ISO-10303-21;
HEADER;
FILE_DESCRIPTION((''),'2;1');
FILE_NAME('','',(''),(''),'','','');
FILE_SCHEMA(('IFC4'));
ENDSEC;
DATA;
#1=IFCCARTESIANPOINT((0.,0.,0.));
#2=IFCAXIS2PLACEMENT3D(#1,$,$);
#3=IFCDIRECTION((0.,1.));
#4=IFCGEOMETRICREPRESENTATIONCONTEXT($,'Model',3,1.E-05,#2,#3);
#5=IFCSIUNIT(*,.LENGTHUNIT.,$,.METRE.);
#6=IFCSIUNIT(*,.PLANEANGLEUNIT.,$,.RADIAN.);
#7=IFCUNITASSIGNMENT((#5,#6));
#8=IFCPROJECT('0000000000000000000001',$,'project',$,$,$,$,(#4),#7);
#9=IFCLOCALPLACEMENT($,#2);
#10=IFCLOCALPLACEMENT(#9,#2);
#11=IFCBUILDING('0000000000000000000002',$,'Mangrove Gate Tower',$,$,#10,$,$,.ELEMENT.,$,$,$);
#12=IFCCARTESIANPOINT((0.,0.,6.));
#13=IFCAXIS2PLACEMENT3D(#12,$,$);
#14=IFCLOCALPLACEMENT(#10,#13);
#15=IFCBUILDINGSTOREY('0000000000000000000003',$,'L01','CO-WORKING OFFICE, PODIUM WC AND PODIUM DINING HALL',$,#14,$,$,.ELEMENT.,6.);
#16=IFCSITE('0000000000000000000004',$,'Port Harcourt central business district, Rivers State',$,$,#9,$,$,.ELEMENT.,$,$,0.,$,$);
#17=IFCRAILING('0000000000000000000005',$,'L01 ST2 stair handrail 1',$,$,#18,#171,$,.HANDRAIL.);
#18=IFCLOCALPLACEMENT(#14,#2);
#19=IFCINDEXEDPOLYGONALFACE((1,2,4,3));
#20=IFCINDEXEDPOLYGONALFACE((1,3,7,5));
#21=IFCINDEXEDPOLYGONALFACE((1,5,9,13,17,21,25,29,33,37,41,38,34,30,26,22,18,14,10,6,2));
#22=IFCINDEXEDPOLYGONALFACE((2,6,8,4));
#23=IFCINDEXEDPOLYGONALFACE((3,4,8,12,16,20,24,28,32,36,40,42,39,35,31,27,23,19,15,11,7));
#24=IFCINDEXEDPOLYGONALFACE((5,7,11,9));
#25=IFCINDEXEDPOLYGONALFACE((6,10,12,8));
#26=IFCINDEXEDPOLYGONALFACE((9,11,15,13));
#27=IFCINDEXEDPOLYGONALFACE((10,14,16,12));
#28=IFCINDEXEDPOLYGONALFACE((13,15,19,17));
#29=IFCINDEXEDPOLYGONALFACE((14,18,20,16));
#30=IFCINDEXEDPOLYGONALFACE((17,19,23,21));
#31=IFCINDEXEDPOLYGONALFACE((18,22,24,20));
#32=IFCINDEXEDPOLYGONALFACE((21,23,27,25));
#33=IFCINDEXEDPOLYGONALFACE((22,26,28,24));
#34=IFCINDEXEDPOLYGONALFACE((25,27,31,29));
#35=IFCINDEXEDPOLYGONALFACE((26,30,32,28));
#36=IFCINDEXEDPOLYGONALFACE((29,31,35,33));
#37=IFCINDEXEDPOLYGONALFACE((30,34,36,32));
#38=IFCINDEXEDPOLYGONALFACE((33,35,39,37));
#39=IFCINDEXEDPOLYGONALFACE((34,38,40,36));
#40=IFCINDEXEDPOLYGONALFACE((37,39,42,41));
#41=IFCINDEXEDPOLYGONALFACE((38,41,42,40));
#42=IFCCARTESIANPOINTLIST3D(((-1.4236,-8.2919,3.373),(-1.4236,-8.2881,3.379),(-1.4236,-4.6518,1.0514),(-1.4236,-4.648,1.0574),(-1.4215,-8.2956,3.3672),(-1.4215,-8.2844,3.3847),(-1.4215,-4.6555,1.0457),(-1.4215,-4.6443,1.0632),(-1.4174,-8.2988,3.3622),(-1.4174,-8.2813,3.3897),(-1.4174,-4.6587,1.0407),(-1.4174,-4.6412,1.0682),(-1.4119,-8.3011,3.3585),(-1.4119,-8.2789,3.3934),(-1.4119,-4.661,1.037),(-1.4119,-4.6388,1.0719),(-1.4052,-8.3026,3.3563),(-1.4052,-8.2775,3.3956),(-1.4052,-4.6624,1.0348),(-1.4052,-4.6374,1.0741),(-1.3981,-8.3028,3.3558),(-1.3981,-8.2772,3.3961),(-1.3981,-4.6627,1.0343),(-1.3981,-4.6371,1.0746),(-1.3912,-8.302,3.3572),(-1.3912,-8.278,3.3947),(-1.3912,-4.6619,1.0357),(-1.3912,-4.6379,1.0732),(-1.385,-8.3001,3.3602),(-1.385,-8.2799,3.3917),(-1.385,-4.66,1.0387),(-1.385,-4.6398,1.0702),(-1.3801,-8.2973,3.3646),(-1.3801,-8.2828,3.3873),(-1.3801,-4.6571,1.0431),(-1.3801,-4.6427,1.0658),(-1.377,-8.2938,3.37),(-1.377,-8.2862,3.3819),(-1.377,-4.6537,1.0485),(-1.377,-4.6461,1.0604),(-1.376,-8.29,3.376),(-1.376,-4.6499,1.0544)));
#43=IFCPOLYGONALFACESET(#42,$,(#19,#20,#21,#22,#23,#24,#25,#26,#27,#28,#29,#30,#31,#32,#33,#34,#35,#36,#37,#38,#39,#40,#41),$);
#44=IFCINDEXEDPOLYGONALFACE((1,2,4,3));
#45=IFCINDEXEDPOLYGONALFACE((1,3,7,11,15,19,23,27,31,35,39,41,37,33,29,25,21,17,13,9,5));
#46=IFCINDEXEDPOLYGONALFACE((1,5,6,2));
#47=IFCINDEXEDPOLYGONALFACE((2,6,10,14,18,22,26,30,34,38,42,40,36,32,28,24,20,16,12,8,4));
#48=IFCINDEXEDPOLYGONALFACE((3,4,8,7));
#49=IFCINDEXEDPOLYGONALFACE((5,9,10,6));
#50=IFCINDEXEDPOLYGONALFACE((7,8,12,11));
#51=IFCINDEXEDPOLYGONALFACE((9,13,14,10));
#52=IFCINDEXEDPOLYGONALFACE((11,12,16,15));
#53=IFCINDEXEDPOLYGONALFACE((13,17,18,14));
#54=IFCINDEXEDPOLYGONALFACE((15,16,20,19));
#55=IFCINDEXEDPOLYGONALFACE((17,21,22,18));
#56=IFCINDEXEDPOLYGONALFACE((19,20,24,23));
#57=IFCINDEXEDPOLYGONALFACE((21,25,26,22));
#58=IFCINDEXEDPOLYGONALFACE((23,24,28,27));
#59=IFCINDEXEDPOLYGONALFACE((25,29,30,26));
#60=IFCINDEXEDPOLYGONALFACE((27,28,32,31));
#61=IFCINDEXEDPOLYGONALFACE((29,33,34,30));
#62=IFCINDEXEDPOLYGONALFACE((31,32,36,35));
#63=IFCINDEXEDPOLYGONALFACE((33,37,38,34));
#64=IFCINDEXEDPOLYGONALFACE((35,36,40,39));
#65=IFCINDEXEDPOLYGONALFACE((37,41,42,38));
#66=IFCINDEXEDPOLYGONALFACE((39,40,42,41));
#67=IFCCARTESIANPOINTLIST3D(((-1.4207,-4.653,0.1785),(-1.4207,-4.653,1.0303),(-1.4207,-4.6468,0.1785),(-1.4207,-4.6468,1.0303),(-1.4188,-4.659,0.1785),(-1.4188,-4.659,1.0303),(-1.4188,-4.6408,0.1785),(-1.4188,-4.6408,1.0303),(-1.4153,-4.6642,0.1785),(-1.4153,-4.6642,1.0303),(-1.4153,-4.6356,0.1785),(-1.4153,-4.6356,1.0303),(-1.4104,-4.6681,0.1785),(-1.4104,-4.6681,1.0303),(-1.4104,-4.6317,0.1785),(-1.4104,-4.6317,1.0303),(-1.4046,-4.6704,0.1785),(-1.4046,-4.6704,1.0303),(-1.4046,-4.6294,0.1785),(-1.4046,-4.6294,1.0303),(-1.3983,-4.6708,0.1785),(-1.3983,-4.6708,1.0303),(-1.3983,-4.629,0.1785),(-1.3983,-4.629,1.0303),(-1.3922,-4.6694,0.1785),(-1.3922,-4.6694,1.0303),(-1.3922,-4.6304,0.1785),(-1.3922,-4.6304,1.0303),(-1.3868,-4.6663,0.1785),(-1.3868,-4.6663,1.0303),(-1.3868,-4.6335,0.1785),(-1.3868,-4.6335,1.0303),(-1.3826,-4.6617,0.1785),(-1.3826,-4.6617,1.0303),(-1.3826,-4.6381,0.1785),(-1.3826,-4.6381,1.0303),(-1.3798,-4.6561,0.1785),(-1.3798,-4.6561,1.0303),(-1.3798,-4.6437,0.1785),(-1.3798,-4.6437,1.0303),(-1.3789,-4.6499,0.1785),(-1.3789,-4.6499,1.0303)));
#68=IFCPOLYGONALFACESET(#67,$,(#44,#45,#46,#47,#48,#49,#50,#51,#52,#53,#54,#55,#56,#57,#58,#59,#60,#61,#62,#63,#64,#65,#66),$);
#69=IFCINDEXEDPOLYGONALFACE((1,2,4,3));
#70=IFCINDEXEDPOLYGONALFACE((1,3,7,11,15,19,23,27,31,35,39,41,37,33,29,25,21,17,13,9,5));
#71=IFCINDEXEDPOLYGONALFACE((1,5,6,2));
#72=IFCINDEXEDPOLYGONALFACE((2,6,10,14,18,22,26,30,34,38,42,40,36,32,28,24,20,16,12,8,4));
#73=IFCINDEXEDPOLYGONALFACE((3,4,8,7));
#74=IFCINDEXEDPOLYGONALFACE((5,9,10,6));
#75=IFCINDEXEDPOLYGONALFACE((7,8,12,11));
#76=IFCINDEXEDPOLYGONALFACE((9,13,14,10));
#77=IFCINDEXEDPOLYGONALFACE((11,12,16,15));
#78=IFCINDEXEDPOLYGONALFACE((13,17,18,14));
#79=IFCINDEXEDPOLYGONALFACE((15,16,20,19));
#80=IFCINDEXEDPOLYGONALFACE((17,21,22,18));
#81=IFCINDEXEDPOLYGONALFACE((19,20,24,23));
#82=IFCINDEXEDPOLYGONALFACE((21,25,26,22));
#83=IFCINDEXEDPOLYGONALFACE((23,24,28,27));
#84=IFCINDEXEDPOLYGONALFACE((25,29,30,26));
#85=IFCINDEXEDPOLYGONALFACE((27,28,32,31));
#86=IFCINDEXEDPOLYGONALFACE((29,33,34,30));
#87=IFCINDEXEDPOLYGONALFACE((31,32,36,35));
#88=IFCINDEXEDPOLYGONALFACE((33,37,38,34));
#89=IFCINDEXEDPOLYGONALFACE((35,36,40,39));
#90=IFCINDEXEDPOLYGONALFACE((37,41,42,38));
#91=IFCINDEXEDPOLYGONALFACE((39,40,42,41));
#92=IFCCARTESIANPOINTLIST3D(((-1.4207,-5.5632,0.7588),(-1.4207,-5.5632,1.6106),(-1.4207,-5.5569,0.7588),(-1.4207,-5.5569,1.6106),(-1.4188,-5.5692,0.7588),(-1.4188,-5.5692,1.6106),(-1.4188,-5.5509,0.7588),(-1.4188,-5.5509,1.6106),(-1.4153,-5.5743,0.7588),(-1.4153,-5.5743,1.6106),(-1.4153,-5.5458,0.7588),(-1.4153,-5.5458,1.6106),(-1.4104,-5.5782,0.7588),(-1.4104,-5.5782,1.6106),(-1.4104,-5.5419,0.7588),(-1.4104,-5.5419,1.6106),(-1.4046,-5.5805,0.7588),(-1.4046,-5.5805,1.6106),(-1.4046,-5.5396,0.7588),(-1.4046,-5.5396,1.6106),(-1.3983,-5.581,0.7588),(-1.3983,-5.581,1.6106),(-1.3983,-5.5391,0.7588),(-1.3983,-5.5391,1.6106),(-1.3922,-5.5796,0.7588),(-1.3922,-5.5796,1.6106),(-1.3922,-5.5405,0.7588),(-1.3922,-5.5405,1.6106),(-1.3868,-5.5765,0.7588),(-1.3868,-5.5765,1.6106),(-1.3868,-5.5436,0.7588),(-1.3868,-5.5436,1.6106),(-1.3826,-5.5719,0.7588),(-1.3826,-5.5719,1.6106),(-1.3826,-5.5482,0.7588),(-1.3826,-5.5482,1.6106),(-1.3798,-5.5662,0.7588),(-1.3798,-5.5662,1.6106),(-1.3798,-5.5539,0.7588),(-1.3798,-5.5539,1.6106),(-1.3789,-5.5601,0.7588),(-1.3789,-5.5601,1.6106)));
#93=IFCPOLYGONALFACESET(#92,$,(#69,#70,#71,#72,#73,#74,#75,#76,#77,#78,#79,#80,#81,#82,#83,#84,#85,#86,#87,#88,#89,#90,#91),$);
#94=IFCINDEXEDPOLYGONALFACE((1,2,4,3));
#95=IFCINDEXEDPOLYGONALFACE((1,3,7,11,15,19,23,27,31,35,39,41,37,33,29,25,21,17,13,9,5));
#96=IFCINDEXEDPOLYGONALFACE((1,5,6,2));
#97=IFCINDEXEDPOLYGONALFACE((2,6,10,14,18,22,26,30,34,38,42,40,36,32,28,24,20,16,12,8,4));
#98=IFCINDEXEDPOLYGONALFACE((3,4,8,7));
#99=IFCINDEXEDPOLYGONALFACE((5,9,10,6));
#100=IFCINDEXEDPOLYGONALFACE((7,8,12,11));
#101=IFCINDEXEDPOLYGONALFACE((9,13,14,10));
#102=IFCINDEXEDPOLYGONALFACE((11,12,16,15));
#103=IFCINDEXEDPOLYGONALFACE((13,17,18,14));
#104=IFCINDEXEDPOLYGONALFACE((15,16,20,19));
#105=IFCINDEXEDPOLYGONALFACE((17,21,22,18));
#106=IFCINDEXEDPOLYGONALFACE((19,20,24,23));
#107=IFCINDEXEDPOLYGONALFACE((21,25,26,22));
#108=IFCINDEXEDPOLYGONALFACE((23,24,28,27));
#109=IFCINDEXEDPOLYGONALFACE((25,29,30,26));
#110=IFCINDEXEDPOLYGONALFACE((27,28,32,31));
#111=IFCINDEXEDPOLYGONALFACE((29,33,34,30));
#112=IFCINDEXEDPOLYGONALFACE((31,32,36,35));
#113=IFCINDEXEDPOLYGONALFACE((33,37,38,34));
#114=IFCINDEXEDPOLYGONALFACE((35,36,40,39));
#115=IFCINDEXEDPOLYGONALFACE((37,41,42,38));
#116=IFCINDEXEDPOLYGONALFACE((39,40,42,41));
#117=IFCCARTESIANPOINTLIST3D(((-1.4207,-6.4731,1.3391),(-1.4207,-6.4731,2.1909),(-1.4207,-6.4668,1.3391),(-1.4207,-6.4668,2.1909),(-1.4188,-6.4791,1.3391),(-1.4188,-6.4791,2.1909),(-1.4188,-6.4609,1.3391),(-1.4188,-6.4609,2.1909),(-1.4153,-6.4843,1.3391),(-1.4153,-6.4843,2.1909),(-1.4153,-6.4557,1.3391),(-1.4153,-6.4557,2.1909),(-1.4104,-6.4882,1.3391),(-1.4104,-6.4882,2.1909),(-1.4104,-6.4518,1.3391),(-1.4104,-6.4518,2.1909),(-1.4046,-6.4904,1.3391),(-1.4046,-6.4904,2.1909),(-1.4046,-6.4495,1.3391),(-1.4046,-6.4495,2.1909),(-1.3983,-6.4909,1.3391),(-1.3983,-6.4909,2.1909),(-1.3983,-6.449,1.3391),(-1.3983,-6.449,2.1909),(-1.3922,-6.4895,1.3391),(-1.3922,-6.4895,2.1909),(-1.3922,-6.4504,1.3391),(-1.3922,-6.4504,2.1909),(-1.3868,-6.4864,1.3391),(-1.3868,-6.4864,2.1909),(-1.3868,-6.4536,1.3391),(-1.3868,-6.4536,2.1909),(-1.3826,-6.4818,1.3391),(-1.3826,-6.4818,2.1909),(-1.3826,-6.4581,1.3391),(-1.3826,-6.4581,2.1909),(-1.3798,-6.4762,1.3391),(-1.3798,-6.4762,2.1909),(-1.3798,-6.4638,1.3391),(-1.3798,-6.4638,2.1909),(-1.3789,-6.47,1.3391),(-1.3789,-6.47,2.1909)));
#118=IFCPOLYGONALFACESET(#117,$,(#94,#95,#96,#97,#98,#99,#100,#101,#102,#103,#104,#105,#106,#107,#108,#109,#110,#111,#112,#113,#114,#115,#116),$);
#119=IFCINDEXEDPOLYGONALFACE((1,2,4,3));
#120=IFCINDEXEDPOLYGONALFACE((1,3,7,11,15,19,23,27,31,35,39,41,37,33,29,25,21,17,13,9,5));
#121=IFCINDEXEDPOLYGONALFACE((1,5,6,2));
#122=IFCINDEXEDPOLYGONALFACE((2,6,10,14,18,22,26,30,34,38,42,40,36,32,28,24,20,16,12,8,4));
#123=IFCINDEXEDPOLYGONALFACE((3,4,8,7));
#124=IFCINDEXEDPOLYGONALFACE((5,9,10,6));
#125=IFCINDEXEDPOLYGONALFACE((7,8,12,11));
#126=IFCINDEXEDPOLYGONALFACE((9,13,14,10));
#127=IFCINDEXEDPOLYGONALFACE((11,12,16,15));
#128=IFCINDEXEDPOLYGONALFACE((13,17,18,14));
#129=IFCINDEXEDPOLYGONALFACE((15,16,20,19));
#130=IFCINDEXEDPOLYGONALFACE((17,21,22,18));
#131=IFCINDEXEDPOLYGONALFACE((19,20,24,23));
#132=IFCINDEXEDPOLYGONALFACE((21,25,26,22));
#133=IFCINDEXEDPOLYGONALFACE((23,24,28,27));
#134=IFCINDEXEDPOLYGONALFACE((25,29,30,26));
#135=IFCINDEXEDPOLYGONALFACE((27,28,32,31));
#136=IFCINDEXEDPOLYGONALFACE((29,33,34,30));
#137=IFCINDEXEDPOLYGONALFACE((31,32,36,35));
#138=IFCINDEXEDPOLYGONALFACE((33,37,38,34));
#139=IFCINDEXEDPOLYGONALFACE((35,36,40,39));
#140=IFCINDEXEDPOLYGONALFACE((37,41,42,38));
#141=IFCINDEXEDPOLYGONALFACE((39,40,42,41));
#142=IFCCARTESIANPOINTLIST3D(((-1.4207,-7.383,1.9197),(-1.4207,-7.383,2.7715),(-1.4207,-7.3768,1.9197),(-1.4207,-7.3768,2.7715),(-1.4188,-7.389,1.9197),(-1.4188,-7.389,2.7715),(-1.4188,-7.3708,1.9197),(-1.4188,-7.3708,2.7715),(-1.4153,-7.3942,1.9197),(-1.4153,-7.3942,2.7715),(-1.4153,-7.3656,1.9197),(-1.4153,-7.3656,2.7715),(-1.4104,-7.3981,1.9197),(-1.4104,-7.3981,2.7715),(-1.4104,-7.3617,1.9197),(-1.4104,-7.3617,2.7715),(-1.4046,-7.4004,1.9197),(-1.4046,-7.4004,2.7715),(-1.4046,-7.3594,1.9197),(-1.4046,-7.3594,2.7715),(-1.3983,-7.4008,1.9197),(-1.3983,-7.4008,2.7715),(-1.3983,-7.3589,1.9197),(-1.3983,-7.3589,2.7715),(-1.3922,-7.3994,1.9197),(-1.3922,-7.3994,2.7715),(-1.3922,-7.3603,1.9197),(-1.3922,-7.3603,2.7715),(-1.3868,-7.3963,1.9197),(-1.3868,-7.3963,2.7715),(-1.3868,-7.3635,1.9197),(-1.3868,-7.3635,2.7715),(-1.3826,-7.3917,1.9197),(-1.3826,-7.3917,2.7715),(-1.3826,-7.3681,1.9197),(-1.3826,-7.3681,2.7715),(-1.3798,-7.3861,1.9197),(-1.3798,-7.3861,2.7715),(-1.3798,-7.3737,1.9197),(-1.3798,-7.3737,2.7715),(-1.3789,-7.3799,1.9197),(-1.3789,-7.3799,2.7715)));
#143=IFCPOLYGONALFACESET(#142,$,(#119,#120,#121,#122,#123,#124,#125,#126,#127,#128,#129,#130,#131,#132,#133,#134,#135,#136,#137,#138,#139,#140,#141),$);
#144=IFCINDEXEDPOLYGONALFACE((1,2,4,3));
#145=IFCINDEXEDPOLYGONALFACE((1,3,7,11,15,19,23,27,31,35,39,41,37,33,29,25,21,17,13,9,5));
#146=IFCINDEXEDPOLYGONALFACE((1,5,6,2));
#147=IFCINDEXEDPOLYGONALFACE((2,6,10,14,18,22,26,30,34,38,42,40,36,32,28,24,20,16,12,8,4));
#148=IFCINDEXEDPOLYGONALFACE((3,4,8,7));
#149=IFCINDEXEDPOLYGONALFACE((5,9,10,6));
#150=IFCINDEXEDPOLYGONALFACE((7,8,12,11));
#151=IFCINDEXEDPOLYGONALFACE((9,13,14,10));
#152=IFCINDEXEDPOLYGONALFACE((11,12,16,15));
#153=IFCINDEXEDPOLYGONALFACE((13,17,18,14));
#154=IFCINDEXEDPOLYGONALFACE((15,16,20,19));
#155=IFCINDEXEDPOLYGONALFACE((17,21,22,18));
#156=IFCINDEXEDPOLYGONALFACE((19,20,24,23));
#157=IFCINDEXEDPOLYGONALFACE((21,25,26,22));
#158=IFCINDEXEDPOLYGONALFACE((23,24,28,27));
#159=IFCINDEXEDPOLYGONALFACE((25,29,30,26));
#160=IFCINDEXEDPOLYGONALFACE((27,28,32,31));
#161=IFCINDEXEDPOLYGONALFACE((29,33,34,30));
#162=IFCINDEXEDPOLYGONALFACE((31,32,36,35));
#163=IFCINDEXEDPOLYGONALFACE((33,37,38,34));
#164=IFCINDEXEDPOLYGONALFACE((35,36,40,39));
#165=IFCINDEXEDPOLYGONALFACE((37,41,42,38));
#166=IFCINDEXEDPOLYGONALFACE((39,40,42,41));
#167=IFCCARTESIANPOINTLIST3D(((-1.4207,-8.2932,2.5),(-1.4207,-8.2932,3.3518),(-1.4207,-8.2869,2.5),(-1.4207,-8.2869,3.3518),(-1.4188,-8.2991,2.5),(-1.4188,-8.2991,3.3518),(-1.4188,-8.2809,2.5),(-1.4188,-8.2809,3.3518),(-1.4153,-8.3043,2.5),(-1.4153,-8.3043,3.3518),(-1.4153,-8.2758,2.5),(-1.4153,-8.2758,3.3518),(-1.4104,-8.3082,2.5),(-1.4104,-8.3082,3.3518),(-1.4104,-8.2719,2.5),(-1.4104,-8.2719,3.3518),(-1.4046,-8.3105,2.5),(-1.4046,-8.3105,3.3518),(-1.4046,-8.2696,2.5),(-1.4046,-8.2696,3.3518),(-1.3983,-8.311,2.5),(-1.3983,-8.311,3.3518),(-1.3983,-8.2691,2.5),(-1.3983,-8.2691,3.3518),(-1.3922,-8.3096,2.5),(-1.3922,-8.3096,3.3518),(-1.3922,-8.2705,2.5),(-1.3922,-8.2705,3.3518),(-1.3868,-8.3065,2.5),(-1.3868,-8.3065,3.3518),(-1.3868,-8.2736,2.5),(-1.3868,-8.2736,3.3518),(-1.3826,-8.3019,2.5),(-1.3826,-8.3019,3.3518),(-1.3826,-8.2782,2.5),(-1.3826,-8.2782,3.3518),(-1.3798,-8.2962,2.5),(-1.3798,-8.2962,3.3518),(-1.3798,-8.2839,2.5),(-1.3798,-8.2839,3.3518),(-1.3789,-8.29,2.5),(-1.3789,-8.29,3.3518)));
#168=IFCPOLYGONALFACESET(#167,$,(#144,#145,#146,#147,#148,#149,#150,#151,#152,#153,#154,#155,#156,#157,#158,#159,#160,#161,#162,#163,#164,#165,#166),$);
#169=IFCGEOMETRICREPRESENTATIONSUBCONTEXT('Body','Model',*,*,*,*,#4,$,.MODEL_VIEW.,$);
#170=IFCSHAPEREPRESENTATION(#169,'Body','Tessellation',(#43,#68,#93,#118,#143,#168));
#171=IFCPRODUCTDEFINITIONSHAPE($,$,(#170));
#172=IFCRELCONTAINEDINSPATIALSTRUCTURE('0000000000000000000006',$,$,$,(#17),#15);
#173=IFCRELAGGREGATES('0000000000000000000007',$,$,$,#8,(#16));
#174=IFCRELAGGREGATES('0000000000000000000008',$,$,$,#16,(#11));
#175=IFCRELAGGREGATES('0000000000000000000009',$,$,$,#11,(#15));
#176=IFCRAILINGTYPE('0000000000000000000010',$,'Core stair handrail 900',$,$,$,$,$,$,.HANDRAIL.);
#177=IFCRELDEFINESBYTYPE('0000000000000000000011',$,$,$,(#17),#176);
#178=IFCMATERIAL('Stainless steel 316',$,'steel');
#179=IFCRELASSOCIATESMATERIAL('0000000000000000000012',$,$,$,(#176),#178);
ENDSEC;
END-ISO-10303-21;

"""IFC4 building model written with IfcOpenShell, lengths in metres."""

from ifc_helpers import new_model, si_unit, direction, frame, origin, origin_2d, place, context, subcontext, project, spatial, circle, extrude, material, type_object, element, save


model = new_model("IFC4")

# Units and contexts
model_context = context("Model", 3, precision=1e-05, world=origin(), true_north=direction((0.0, 1.0)))
body_context = subcontext(model_context, "Body", "Model", "MODEL_VIEW")
ifc_project = project(units=[si_unit("LENGTHUNIT", "METRE"), si_unit("PLANEANGLEUNIT", "RADIAN")], contexts=[model_context])

# Site, building, storey
site_placement = place(None, origin())
site = spatial("IfcSite", under=ifc_project, at=site_placement, Name="Port Harcourt central business district, Rivers State", CompositionType="ELEMENT", RefElevation=0.0)
building_placement = place(site_placement, origin())
building = spatial("IfcBuilding", under=site, at=building_placement, Name="Mangrove Gate Tower", CompositionType="ELEMENT")
storey_placement = place(building_placement, frame((0.0, 0.0, 6.0)))
storey = spatial("IfcBuildingStorey", under=building, at=storey_placement, Name="L01", Description="CO-WORKING OFFICE, PODIUM WC AND PODIUM DINING HALL", CompositionType="ELEMENT", Elevation=6.0)

# Railing
ifc_material_1 = material(Name="Stainless steel 316", Category="steel")
railing_type_1 = type_object("IfcRailingType", Name="Core stair handrail 900", PredefinedType="HANDRAIL", material=ifc_material_1)
for number, where, name in (
    (1, (-1.3999, -4.6499, 0.1785), "L01 ST2 stair handrail 1"),
):
    element("IfcRailing", number, at=place(storey_placement, frame(where)), inside=storey, type_object=railing_type_1, Name=name, PredefinedType="HANDRAIL", context=body_context, shape_type="SweptSolid", body=[
        extrude(circle(Radius=0.0239, at=origin_2d()), frame((0.0, 0.0, 0.876), z_axis=(0.0, -0.843128, 0.537713), x_axis=(1.0, 0.0, 0.0)), (0.0, 0.0, 1.0), 4.3174),
        extrude(circle(Radius=0.021, at=origin_2d()), origin(), (0.0, 0.0, 1.0), 0.8518),
        extrude(circle(Radius=0.021, at=origin_2d()), frame((0.0, -0.9102, 0.5803)), (0.0, 0.0, 1.0), 0.8518),
        extrude(circle(Radius=0.021, at=origin_2d()), frame((0.0, -1.8201, 1.1606)), (0.0, 0.0, 1.0), 0.8518),
        extrude(circle(Radius=0.021, at=origin_2d()), frame((0.0, -2.73, 1.7412)), (0.0, 0.0, 1.0), 0.8518),
        extrude(circle(Radius=0.021, at=origin_2d()), frame((0.0, -3.6401, 2.3215)), (0.0, 0.0, 1.0), 0.8518),
    ])

save(model, "model.ifc")
